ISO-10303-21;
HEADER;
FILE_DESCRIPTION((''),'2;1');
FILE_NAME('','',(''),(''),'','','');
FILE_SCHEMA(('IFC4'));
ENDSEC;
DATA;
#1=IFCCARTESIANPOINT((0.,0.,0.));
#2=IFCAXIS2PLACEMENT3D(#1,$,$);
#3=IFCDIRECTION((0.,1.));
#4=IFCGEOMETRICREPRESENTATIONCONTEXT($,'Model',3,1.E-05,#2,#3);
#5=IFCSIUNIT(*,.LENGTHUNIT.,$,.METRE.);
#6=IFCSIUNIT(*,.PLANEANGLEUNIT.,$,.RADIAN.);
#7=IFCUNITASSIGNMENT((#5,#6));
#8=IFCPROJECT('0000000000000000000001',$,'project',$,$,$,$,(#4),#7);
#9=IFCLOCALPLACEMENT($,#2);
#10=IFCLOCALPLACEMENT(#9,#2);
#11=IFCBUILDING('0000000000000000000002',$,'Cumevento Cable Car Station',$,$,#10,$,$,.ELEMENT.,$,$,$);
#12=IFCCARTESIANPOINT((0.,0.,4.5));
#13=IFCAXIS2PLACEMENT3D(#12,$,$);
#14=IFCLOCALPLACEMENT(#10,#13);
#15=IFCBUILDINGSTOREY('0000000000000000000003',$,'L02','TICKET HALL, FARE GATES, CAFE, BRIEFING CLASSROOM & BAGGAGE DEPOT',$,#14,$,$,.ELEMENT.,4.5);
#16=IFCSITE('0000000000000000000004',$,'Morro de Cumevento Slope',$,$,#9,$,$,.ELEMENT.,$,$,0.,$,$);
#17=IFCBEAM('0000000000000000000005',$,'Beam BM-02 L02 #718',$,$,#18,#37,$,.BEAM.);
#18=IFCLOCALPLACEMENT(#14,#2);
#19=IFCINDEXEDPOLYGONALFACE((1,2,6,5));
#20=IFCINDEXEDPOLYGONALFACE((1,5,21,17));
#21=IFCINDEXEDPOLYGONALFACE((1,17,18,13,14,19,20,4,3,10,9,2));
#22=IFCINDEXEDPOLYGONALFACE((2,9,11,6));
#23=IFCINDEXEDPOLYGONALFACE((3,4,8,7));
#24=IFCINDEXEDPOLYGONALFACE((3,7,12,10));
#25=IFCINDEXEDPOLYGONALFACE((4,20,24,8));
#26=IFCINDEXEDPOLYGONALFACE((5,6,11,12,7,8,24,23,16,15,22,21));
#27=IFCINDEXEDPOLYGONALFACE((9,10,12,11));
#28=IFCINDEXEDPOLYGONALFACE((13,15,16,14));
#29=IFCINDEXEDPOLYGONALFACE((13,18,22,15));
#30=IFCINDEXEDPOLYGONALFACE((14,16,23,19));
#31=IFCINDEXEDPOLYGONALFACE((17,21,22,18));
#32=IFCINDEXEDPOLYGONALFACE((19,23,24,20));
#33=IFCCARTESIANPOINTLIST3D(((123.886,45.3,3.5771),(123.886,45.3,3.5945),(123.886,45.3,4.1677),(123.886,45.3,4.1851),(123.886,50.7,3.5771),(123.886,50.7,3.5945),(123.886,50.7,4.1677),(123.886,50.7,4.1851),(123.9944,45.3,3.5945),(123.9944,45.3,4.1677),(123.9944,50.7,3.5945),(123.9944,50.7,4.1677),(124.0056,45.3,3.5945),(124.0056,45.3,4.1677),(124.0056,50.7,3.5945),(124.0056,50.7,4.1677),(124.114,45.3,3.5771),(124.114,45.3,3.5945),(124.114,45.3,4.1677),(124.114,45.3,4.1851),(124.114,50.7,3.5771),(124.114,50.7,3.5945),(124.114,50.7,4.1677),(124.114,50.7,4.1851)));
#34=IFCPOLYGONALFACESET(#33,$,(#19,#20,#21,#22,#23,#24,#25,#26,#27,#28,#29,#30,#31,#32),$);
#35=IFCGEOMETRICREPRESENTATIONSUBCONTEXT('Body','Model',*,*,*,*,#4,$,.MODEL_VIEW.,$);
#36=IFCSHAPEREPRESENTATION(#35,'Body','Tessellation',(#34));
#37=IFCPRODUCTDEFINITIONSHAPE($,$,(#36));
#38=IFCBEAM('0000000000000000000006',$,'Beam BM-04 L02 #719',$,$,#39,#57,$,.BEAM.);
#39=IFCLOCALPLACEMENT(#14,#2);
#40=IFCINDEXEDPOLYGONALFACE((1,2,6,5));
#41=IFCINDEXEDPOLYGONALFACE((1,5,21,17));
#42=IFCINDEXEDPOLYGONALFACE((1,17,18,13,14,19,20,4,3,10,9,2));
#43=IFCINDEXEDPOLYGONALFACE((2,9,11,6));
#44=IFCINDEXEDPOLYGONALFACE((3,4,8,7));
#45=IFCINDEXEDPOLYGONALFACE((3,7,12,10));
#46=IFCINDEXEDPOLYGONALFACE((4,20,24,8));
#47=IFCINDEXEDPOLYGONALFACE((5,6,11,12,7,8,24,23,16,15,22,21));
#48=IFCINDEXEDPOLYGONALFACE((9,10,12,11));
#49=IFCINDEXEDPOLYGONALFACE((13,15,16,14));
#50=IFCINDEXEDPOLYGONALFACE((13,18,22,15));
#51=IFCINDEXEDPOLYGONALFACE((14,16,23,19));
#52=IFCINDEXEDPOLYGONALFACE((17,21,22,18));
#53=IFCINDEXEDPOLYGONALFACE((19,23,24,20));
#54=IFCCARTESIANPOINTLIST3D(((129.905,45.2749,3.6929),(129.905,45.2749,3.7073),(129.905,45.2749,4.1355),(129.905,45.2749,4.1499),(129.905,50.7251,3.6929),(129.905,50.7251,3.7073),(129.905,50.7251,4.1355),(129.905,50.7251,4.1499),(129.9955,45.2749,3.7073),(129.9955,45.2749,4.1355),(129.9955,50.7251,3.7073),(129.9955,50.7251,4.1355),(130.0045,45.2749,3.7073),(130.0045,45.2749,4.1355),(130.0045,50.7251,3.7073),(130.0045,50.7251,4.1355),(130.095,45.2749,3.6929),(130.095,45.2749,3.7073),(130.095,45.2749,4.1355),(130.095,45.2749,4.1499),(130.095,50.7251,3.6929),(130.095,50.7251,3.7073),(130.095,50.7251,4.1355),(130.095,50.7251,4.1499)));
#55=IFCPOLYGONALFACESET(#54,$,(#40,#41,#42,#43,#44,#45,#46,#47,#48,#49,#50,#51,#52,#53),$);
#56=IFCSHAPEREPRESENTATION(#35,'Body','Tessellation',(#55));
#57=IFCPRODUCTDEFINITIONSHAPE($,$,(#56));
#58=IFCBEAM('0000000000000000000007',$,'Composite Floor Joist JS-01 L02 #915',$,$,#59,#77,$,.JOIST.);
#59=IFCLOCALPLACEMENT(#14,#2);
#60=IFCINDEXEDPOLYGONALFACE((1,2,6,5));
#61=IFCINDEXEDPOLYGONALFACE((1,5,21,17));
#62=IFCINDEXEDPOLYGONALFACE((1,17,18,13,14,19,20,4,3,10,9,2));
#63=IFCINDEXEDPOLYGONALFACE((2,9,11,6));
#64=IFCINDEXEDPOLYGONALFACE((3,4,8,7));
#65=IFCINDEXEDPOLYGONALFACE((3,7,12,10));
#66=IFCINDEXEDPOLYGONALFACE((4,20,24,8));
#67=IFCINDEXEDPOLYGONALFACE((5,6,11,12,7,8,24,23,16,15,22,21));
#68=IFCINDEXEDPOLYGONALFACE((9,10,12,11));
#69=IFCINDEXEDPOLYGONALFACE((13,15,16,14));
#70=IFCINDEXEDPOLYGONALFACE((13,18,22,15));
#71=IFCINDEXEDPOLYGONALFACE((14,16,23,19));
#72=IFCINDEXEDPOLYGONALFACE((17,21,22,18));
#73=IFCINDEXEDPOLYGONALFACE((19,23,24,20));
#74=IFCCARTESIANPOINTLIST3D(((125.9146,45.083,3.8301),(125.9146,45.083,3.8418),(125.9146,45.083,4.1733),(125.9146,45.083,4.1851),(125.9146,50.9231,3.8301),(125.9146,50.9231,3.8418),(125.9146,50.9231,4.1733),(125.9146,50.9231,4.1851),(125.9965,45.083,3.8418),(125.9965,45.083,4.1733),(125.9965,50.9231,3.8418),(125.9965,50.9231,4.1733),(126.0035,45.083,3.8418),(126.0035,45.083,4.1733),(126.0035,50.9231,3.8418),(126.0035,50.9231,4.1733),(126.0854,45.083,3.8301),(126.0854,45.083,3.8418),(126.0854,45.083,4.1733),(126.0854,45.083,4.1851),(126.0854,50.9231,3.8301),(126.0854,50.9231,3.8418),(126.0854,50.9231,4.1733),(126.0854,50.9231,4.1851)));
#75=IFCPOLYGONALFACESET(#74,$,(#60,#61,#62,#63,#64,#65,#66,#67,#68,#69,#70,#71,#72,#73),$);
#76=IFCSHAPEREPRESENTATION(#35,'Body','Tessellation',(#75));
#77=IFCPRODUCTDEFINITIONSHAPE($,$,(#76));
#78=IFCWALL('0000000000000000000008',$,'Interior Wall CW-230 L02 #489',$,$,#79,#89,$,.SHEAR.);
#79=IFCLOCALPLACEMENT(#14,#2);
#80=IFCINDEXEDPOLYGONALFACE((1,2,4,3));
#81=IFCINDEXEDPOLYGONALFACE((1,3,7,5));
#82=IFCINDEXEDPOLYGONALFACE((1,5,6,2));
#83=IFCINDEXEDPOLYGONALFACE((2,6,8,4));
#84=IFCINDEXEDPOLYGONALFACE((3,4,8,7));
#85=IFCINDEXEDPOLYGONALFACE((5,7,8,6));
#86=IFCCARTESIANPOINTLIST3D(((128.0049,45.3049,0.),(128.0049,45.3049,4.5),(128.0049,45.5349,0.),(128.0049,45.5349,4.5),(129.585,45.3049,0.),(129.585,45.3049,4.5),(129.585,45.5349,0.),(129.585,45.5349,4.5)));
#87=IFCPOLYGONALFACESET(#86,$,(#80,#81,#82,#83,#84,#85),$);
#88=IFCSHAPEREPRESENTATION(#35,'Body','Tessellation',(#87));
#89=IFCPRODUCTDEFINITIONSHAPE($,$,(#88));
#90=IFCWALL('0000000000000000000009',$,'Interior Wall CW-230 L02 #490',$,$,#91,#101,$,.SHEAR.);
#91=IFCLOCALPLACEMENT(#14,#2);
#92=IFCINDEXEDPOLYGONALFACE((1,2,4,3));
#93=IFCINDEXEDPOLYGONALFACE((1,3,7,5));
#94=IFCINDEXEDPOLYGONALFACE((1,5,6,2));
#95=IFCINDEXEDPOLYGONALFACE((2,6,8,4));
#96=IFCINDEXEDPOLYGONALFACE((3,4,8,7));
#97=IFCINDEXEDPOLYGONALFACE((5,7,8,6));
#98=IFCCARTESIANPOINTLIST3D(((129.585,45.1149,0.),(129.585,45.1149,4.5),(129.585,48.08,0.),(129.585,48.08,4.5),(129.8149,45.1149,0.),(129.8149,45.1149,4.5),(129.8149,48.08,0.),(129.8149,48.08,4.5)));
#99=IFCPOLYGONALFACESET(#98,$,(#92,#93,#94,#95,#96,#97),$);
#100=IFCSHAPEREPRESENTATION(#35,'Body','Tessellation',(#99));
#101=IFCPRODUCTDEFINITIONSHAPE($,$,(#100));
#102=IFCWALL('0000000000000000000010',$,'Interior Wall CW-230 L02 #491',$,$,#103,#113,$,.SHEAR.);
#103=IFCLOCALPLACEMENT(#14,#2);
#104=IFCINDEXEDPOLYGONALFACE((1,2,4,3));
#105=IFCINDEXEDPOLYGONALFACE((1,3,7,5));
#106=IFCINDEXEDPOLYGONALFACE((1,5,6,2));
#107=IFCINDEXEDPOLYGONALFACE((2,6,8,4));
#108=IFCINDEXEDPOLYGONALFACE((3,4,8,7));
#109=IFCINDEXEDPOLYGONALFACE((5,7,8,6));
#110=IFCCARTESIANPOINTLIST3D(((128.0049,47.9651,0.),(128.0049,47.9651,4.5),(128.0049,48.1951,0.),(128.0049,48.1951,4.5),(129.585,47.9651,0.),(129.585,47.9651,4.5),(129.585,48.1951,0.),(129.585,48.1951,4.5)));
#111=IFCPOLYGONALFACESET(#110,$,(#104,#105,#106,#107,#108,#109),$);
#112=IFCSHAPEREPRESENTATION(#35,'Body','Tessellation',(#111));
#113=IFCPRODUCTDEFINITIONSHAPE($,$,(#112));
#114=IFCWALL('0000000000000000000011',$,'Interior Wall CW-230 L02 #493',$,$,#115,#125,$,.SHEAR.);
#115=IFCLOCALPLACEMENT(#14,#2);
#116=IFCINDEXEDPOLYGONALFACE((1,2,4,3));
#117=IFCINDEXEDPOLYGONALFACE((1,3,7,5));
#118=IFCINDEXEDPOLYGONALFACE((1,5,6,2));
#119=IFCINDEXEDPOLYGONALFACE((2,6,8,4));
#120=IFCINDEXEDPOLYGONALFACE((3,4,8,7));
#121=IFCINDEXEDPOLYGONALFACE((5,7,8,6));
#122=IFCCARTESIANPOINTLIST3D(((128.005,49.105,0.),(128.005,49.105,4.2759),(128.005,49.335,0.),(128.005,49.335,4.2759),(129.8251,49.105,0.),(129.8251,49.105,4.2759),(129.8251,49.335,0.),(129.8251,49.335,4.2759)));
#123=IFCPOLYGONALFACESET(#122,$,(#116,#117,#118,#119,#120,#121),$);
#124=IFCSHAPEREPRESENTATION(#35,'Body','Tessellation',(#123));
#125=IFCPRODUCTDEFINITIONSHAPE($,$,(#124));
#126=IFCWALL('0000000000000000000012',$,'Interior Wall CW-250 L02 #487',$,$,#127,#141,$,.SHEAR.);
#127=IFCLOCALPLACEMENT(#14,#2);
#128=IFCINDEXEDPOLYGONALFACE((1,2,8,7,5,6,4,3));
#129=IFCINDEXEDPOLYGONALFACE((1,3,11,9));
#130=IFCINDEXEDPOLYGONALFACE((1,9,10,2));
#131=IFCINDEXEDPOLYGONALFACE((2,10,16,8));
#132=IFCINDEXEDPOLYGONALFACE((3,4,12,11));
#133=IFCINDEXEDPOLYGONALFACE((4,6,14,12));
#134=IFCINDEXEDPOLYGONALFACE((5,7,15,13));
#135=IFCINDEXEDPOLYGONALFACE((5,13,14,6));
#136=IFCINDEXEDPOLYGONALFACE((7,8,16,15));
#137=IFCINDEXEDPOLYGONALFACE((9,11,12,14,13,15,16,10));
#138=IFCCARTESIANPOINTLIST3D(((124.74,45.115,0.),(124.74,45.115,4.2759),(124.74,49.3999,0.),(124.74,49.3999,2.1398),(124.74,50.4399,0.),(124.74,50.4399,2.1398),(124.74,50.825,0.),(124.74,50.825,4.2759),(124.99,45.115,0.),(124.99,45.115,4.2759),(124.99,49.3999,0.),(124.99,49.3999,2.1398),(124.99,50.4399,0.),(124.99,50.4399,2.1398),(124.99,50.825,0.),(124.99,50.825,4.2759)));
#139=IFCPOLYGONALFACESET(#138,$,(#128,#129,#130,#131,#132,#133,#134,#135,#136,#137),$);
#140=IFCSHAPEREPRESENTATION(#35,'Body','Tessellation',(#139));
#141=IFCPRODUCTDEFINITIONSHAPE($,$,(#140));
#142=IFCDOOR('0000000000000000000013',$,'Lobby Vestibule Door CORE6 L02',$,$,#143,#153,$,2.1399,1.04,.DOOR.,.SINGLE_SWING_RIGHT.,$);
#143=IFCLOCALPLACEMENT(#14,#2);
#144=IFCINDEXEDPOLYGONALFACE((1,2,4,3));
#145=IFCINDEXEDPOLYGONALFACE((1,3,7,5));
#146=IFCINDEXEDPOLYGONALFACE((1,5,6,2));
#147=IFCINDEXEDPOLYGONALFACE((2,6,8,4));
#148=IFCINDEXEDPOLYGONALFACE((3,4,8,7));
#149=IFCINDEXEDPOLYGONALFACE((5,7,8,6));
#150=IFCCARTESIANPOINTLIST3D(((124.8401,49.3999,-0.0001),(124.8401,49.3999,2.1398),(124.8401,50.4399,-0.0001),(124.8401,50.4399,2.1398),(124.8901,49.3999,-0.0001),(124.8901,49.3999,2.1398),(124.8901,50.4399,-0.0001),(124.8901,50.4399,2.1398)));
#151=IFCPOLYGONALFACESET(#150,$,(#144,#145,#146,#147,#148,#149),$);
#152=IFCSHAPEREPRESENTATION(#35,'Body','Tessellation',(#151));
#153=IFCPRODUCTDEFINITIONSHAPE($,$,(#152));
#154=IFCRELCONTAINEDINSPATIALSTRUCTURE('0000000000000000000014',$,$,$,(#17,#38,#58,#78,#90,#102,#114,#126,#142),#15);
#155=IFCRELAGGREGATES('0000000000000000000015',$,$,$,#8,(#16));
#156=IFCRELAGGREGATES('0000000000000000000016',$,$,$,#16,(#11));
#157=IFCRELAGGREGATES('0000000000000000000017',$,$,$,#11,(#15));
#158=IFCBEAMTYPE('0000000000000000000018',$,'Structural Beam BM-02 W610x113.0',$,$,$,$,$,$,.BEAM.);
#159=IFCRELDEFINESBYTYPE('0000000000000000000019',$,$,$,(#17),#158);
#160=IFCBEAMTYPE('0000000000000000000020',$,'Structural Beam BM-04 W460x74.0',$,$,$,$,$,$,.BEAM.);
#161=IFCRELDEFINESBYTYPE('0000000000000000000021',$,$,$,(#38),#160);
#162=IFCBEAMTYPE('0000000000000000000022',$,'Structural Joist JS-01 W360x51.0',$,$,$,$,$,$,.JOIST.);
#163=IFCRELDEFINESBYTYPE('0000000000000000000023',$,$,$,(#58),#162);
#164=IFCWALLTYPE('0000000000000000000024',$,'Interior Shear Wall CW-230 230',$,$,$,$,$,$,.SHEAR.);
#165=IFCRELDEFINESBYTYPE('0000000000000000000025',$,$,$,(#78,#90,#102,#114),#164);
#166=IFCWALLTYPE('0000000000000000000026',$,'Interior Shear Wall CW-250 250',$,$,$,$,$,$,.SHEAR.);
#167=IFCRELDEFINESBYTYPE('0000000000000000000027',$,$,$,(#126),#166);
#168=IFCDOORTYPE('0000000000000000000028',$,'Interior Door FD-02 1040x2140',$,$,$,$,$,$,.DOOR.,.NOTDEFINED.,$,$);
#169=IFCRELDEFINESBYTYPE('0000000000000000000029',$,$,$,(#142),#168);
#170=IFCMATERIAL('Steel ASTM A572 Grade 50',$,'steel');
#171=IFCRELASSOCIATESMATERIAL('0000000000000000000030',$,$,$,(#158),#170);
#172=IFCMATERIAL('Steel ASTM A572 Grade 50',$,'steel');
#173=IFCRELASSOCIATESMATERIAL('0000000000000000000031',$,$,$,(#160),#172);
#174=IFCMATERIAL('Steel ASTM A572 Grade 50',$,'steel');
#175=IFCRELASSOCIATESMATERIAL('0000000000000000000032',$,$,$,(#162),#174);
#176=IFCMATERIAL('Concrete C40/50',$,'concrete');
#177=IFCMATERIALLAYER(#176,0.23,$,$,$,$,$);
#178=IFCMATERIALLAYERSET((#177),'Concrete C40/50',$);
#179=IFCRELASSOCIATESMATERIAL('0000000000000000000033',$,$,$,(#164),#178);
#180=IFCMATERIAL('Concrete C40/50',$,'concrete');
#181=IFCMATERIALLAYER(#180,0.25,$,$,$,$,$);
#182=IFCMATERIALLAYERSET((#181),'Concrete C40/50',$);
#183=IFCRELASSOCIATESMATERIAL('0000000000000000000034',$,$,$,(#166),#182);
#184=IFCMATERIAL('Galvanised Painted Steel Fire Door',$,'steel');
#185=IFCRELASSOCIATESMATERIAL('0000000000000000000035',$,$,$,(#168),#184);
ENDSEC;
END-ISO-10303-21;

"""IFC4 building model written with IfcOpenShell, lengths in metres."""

from ifc_helpers import new_model, si_unit, direction, frame, frame_2d, origin, origin_2d, place, context, subcontext, project, spatial, rectangle, i_section, extrude, material, layer, layer_set, material_profile, profile_set, type_object, element, fill, save


model = new_model("IFC4")

# Units and contexts
model_context = context("Model", 3, precision=1e-05, world=origin(), true_north=direction((0.0, 1.0)))
body_context = subcontext(model_context, "Body", "Model", "MODEL_VIEW")
ifc_project = project(units=[si_unit("LENGTHUNIT", "METRE"), si_unit("PLANEANGLEUNIT", "RADIAN")], contexts=[model_context])

# Site, building, storey
site_placement = place(None, origin())
site = spatial("IfcSite", under=ifc_project, at=site_placement, Name="Morro de Cumevento Slope", CompositionType="ELEMENT", RefElevation=0.0)
building_placement = place(site_placement, origin())
building = spatial("IfcBuilding", under=site, at=building_placement, Name="Cumevento Cable Car Station", CompositionType="ELEMENT")
storey_placement = place(building_placement, frame((0.0, 0.0, 4.5)))
storey = spatial("IfcBuildingStorey", under=building, at=storey_placement, Name="L02", Description="TICKET HALL, FARE GATES, CAFE, BRIEFING CLASSROOM & BAGGAGE DEPOT", CompositionType="ELEMENT", Elevation=4.5)

# Beams
ifc_material_1 = material(Name="Steel ASTM A572 Grade 50", Category="steel")
ifc_material_profile_1 = material_profile(ifc_material_1, i_section(OverallWidth=0.228, OverallDepth=0.6079, WebThickness=0.0112, FlangeThickness=0.0173, at=origin_2d()), Name="W610x113.0")
ifc_profile_set_1 = profile_set([ifc_material_profile_1], Name="Steel ASTM A572 Grade 50")
beam_type_1 = type_object("IfcBeamType", Name="Structural Beam BM-02 W610x113.0", PredefinedType="BEAM", material=ifc_profile_set_1)
beam_1_placement = place(storey_placement, frame((124.0, 45.3, 3.8811), z_axis=(0.0, 1.0, 0.0), x_axis=(-1.0, 0.0, 0.0)))
element("IfcBeam", 1, at=beam_1_placement, inside=storey, type_object=beam_type_1, Name="Beam BM-02 L02 #718", PredefinedType="BEAM", context=body_context, shape_type="SweptSolid", body=[
    extrude(i_section(OverallWidth=0.228, OverallDepth=0.6079, WebThickness=0.0112, FlangeThickness=0.0173, at=origin_2d()), origin(), (0.0, 0.0, 1.0), 5.3999),
])
ifc_material_2 = material(Name="Steel ASTM A572 Grade 50", Category="steel")
ifc_material_profile_2 = material_profile(ifc_material_2, i_section(OverallWidth=0.1899, OverallDepth=0.457, WebThickness=0.009, FlangeThickness=0.0144, at=origin_2d()), Name="W460x74.0")
ifc_profile_set_2 = profile_set([ifc_material_profile_2], Name="Steel ASTM A572 Grade 50")
beam_type_2 = type_object("IfcBeamType", Name="Structural Beam BM-04 W460x74.0", PredefinedType="BEAM", material=ifc_profile_set_2)
beam_2_placement = place(storey_placement, frame((130.0, 45.2749, 3.9214), z_axis=(0.0, 1.0, 0.0), x_axis=(-1.0, 0.0, 0.0)))
element("IfcBeam", 2, at=beam_2_placement, inside=storey, type_object=beam_type_2, Name="Beam BM-04 L02 #719", PredefinedType="BEAM", context=body_context, shape_type="SweptSolid", body=[
    extrude(i_section(OverallWidth=0.1899, OverallDepth=0.457, WebThickness=0.009, FlangeThickness=0.0144, at=origin_2d()), origin(), (0.0, 0.0, 1.0), 5.4502),
])
ifc_material_3 = material(Name="Steel ASTM A572 Grade 50", Category="steel")
ifc_material_profile_3 = material_profile(ifc_material_3, i_section(OverallWidth=0.1709, OverallDepth=0.355, WebThickness=0.0071, FlangeThickness=0.0117, at=origin_2d()), Name="W360x51.0")
ifc_profile_set_3 = profile_set([ifc_material_profile_3], Name="Steel ASTM A572 Grade 50")
beam_type_3 = type_object("IfcBeamType", Name="Structural Joist JS-01 W360x51.0", PredefinedType="JOIST", material=ifc_profile_set_3)
beam_3_placement = place(storey_placement, frame((126.0, 45.083, 4.0076), z_axis=(0.0, 1.0, 0.0), x_axis=(-1.0, 0.0, 0.0)))
element("IfcBeam", 3, at=beam_3_placement, inside=storey, type_object=beam_type_3, Name="Composite Floor Joist JS-01 L02 #915", PredefinedType="JOIST", context=body_context, shape_type="SweptSolid", body=[
    extrude(i_section(OverallWidth=0.1709, OverallDepth=0.355, WebThickness=0.0071, FlangeThickness=0.0117, at=origin_2d()), origin(), (0.0, 0.0, 1.0), 5.8401),
])

# Walls
ifc_material_4 = material(Name="Concrete C40/50", Category="concrete")
ifc_layer_1 = layer(ifc_material_4, 0.23)
ifc_layer_set_1 = layer_set([ifc_layer_1], Name="Concrete C40/50")
wall_type_1 = type_object("IfcWallType", Name="Interior Shear Wall CW-230 230", PredefinedType="SHEAR", material=ifc_layer_set_1)
wall_1_placement = place(storey_placement, frame((128.0049, 45.4199, 0.0), z_axis=(0.0, 0.0, 1.0), x_axis=(1.0, 0.0, 0.0)))
element("IfcWall", 4, at=wall_1_placement, inside=storey, type_object=wall_type_1, Name="Interior Wall CW-230 L02 #489", PredefinedType="SHEAR", context=body_context, shape_type="SweptSolid", body=[
    extrude(rectangle(XDim=1.5801, YDim=0.23, at=frame_2d((0.79, 0.0))), origin(), (0.0, 0.0, 1.0), 4.5),
])
wall_2_placement = place(storey_placement, frame((129.7, 45.115, 0.0), z_axis=(0.0, 0.0, 1.0), x_axis=(0.0, 1.0, 0.0)))
element("IfcWall", 5, at=wall_2_placement, inside=storey, type_object=wall_type_1, Name="Interior Wall CW-230 L02 #490", PredefinedType="SHEAR", context=body_context, shape_type="SweptSolid", body=[
    extrude(rectangle(XDim=2.9651, YDim=0.23, at=frame_2d((1.4824, 0.0))), origin(), (0.0, 0.0, 1.0), 4.5),
])
wall_3_placement = place(storey_placement, frame((128.0049, 48.0801, 0.0), z_axis=(0.0, 0.0, 1.0), x_axis=(1.0, 0.0, 0.0)))
element("IfcWall", 6, at=wall_3_placement, inside=storey, type_object=wall_type_1, Name="Interior Wall CW-230 L02 #491", PredefinedType="SHEAR", context=body_context, shape_type="SweptSolid", body=[
    extrude(rectangle(XDim=1.5801, YDim=0.23, at=frame_2d((0.79, 0.0))), origin(), (0.0, 0.0, 1.0), 4.5),
])
wall_4_placement = place(storey_placement, frame((128.0049, 49.22, 0.0), z_axis=(0.0, 0.0, 1.0), x_axis=(1.0, 0.0, 0.0)))
element("IfcWall", 7, at=wall_4_placement, inside=storey, type_object=wall_type_1, Name="Interior Wall CW-230 L02 #493", PredefinedType="SHEAR", context=body_context, shape_type="SweptSolid", body=[
    extrude(rectangle(XDim=1.8201, YDim=0.23, at=frame_2d((0.9102, 0.0))), origin(), (0.0, 0.0, 1.0), 4.2759),
])

# Wall, opening, door
ifc_material_5 = material(Name="Concrete C40/50", Category="concrete")
ifc_layer_2 = layer(ifc_material_5, 0.25)
ifc_layer_set_2 = layer_set([ifc_layer_2], Name="Concrete C40/50")
wall_type_2 = type_object("IfcWallType", Name="Interior Shear Wall CW-250 250", PredefinedType="SHEAR", material=ifc_layer_set_2)
wall_5_placement = place(storey_placement, frame((124.865, 45.115, 0.0), z_axis=(0.0, 0.0, 1.0), x_axis=(0.0, 1.0, 0.0)))
wall_5 = element("IfcWall", 8, at=wall_5_placement, inside=storey, type_object=wall_type_2, Name="Interior Wall CW-250 L02 #487", PredefinedType="SHEAR", context=body_context, shape_type="SweptSolid", body=[
    extrude(rectangle(XDim=5.71, YDim=0.25, at=frame_2d((2.855, 0.0))), origin(), (0.0, 0.0, 1.0), 4.2759),
])
opening_1_placement = place(wall_5_placement, frame((4.2849, 0.0, 0.0)))
opening_1 = element("IfcOpeningElement", 9, at=opening_1_placement, cuts=wall_5, PredefinedType="OPENING", context=body_context, shape_type="SweptSolid", body=[
    extrude(rectangle(XDim=1.04, YDim=2.1399, at=frame_2d((0.52, 1.0698))), frame((0.0, 0.135, 0.0), z_axis=(0.0, -1.0, 0.0), x_axis=(1.0, 0.0, 0.0)), (0.0, 0.0, 1.0), 0.27),
])
ifc_material_6 = material(Name="Galvanised Painted Steel Fire Door", Category="steel")
door_type_1 = type_object("IfcDoorType", Name="Interior Door FD-02 1040x2140", OperationType="NOTDEFINED", PredefinedType="DOOR", material=ifc_material_6)
door_1_placement = place(opening_1_placement, origin())
door_1 = element("IfcDoor", 10, at=door_1_placement, inside=storey, type_object=door_type_1, Name="Lobby Vestibule Door CORE6 L02", OperationType="SINGLE_SWING_RIGHT", OverallHeight=2.1399, OverallWidth=1.04, PredefinedType="DOOR", context=body_context, shape_type="SweptSolid", body=[
    extrude(rectangle(XDim=1.04, YDim=2.1399, at=frame_2d((0.52, 1.0698))), frame((0.0, 0.0249, 0.0), z_axis=(0.0, -1.0, 0.0), x_axis=(1.0, 0.0, 0.0)), (0.0, 0.0, 1.0), 0.05),
])
fill(opening_1, door_1)

save(model, "model.ifc")
